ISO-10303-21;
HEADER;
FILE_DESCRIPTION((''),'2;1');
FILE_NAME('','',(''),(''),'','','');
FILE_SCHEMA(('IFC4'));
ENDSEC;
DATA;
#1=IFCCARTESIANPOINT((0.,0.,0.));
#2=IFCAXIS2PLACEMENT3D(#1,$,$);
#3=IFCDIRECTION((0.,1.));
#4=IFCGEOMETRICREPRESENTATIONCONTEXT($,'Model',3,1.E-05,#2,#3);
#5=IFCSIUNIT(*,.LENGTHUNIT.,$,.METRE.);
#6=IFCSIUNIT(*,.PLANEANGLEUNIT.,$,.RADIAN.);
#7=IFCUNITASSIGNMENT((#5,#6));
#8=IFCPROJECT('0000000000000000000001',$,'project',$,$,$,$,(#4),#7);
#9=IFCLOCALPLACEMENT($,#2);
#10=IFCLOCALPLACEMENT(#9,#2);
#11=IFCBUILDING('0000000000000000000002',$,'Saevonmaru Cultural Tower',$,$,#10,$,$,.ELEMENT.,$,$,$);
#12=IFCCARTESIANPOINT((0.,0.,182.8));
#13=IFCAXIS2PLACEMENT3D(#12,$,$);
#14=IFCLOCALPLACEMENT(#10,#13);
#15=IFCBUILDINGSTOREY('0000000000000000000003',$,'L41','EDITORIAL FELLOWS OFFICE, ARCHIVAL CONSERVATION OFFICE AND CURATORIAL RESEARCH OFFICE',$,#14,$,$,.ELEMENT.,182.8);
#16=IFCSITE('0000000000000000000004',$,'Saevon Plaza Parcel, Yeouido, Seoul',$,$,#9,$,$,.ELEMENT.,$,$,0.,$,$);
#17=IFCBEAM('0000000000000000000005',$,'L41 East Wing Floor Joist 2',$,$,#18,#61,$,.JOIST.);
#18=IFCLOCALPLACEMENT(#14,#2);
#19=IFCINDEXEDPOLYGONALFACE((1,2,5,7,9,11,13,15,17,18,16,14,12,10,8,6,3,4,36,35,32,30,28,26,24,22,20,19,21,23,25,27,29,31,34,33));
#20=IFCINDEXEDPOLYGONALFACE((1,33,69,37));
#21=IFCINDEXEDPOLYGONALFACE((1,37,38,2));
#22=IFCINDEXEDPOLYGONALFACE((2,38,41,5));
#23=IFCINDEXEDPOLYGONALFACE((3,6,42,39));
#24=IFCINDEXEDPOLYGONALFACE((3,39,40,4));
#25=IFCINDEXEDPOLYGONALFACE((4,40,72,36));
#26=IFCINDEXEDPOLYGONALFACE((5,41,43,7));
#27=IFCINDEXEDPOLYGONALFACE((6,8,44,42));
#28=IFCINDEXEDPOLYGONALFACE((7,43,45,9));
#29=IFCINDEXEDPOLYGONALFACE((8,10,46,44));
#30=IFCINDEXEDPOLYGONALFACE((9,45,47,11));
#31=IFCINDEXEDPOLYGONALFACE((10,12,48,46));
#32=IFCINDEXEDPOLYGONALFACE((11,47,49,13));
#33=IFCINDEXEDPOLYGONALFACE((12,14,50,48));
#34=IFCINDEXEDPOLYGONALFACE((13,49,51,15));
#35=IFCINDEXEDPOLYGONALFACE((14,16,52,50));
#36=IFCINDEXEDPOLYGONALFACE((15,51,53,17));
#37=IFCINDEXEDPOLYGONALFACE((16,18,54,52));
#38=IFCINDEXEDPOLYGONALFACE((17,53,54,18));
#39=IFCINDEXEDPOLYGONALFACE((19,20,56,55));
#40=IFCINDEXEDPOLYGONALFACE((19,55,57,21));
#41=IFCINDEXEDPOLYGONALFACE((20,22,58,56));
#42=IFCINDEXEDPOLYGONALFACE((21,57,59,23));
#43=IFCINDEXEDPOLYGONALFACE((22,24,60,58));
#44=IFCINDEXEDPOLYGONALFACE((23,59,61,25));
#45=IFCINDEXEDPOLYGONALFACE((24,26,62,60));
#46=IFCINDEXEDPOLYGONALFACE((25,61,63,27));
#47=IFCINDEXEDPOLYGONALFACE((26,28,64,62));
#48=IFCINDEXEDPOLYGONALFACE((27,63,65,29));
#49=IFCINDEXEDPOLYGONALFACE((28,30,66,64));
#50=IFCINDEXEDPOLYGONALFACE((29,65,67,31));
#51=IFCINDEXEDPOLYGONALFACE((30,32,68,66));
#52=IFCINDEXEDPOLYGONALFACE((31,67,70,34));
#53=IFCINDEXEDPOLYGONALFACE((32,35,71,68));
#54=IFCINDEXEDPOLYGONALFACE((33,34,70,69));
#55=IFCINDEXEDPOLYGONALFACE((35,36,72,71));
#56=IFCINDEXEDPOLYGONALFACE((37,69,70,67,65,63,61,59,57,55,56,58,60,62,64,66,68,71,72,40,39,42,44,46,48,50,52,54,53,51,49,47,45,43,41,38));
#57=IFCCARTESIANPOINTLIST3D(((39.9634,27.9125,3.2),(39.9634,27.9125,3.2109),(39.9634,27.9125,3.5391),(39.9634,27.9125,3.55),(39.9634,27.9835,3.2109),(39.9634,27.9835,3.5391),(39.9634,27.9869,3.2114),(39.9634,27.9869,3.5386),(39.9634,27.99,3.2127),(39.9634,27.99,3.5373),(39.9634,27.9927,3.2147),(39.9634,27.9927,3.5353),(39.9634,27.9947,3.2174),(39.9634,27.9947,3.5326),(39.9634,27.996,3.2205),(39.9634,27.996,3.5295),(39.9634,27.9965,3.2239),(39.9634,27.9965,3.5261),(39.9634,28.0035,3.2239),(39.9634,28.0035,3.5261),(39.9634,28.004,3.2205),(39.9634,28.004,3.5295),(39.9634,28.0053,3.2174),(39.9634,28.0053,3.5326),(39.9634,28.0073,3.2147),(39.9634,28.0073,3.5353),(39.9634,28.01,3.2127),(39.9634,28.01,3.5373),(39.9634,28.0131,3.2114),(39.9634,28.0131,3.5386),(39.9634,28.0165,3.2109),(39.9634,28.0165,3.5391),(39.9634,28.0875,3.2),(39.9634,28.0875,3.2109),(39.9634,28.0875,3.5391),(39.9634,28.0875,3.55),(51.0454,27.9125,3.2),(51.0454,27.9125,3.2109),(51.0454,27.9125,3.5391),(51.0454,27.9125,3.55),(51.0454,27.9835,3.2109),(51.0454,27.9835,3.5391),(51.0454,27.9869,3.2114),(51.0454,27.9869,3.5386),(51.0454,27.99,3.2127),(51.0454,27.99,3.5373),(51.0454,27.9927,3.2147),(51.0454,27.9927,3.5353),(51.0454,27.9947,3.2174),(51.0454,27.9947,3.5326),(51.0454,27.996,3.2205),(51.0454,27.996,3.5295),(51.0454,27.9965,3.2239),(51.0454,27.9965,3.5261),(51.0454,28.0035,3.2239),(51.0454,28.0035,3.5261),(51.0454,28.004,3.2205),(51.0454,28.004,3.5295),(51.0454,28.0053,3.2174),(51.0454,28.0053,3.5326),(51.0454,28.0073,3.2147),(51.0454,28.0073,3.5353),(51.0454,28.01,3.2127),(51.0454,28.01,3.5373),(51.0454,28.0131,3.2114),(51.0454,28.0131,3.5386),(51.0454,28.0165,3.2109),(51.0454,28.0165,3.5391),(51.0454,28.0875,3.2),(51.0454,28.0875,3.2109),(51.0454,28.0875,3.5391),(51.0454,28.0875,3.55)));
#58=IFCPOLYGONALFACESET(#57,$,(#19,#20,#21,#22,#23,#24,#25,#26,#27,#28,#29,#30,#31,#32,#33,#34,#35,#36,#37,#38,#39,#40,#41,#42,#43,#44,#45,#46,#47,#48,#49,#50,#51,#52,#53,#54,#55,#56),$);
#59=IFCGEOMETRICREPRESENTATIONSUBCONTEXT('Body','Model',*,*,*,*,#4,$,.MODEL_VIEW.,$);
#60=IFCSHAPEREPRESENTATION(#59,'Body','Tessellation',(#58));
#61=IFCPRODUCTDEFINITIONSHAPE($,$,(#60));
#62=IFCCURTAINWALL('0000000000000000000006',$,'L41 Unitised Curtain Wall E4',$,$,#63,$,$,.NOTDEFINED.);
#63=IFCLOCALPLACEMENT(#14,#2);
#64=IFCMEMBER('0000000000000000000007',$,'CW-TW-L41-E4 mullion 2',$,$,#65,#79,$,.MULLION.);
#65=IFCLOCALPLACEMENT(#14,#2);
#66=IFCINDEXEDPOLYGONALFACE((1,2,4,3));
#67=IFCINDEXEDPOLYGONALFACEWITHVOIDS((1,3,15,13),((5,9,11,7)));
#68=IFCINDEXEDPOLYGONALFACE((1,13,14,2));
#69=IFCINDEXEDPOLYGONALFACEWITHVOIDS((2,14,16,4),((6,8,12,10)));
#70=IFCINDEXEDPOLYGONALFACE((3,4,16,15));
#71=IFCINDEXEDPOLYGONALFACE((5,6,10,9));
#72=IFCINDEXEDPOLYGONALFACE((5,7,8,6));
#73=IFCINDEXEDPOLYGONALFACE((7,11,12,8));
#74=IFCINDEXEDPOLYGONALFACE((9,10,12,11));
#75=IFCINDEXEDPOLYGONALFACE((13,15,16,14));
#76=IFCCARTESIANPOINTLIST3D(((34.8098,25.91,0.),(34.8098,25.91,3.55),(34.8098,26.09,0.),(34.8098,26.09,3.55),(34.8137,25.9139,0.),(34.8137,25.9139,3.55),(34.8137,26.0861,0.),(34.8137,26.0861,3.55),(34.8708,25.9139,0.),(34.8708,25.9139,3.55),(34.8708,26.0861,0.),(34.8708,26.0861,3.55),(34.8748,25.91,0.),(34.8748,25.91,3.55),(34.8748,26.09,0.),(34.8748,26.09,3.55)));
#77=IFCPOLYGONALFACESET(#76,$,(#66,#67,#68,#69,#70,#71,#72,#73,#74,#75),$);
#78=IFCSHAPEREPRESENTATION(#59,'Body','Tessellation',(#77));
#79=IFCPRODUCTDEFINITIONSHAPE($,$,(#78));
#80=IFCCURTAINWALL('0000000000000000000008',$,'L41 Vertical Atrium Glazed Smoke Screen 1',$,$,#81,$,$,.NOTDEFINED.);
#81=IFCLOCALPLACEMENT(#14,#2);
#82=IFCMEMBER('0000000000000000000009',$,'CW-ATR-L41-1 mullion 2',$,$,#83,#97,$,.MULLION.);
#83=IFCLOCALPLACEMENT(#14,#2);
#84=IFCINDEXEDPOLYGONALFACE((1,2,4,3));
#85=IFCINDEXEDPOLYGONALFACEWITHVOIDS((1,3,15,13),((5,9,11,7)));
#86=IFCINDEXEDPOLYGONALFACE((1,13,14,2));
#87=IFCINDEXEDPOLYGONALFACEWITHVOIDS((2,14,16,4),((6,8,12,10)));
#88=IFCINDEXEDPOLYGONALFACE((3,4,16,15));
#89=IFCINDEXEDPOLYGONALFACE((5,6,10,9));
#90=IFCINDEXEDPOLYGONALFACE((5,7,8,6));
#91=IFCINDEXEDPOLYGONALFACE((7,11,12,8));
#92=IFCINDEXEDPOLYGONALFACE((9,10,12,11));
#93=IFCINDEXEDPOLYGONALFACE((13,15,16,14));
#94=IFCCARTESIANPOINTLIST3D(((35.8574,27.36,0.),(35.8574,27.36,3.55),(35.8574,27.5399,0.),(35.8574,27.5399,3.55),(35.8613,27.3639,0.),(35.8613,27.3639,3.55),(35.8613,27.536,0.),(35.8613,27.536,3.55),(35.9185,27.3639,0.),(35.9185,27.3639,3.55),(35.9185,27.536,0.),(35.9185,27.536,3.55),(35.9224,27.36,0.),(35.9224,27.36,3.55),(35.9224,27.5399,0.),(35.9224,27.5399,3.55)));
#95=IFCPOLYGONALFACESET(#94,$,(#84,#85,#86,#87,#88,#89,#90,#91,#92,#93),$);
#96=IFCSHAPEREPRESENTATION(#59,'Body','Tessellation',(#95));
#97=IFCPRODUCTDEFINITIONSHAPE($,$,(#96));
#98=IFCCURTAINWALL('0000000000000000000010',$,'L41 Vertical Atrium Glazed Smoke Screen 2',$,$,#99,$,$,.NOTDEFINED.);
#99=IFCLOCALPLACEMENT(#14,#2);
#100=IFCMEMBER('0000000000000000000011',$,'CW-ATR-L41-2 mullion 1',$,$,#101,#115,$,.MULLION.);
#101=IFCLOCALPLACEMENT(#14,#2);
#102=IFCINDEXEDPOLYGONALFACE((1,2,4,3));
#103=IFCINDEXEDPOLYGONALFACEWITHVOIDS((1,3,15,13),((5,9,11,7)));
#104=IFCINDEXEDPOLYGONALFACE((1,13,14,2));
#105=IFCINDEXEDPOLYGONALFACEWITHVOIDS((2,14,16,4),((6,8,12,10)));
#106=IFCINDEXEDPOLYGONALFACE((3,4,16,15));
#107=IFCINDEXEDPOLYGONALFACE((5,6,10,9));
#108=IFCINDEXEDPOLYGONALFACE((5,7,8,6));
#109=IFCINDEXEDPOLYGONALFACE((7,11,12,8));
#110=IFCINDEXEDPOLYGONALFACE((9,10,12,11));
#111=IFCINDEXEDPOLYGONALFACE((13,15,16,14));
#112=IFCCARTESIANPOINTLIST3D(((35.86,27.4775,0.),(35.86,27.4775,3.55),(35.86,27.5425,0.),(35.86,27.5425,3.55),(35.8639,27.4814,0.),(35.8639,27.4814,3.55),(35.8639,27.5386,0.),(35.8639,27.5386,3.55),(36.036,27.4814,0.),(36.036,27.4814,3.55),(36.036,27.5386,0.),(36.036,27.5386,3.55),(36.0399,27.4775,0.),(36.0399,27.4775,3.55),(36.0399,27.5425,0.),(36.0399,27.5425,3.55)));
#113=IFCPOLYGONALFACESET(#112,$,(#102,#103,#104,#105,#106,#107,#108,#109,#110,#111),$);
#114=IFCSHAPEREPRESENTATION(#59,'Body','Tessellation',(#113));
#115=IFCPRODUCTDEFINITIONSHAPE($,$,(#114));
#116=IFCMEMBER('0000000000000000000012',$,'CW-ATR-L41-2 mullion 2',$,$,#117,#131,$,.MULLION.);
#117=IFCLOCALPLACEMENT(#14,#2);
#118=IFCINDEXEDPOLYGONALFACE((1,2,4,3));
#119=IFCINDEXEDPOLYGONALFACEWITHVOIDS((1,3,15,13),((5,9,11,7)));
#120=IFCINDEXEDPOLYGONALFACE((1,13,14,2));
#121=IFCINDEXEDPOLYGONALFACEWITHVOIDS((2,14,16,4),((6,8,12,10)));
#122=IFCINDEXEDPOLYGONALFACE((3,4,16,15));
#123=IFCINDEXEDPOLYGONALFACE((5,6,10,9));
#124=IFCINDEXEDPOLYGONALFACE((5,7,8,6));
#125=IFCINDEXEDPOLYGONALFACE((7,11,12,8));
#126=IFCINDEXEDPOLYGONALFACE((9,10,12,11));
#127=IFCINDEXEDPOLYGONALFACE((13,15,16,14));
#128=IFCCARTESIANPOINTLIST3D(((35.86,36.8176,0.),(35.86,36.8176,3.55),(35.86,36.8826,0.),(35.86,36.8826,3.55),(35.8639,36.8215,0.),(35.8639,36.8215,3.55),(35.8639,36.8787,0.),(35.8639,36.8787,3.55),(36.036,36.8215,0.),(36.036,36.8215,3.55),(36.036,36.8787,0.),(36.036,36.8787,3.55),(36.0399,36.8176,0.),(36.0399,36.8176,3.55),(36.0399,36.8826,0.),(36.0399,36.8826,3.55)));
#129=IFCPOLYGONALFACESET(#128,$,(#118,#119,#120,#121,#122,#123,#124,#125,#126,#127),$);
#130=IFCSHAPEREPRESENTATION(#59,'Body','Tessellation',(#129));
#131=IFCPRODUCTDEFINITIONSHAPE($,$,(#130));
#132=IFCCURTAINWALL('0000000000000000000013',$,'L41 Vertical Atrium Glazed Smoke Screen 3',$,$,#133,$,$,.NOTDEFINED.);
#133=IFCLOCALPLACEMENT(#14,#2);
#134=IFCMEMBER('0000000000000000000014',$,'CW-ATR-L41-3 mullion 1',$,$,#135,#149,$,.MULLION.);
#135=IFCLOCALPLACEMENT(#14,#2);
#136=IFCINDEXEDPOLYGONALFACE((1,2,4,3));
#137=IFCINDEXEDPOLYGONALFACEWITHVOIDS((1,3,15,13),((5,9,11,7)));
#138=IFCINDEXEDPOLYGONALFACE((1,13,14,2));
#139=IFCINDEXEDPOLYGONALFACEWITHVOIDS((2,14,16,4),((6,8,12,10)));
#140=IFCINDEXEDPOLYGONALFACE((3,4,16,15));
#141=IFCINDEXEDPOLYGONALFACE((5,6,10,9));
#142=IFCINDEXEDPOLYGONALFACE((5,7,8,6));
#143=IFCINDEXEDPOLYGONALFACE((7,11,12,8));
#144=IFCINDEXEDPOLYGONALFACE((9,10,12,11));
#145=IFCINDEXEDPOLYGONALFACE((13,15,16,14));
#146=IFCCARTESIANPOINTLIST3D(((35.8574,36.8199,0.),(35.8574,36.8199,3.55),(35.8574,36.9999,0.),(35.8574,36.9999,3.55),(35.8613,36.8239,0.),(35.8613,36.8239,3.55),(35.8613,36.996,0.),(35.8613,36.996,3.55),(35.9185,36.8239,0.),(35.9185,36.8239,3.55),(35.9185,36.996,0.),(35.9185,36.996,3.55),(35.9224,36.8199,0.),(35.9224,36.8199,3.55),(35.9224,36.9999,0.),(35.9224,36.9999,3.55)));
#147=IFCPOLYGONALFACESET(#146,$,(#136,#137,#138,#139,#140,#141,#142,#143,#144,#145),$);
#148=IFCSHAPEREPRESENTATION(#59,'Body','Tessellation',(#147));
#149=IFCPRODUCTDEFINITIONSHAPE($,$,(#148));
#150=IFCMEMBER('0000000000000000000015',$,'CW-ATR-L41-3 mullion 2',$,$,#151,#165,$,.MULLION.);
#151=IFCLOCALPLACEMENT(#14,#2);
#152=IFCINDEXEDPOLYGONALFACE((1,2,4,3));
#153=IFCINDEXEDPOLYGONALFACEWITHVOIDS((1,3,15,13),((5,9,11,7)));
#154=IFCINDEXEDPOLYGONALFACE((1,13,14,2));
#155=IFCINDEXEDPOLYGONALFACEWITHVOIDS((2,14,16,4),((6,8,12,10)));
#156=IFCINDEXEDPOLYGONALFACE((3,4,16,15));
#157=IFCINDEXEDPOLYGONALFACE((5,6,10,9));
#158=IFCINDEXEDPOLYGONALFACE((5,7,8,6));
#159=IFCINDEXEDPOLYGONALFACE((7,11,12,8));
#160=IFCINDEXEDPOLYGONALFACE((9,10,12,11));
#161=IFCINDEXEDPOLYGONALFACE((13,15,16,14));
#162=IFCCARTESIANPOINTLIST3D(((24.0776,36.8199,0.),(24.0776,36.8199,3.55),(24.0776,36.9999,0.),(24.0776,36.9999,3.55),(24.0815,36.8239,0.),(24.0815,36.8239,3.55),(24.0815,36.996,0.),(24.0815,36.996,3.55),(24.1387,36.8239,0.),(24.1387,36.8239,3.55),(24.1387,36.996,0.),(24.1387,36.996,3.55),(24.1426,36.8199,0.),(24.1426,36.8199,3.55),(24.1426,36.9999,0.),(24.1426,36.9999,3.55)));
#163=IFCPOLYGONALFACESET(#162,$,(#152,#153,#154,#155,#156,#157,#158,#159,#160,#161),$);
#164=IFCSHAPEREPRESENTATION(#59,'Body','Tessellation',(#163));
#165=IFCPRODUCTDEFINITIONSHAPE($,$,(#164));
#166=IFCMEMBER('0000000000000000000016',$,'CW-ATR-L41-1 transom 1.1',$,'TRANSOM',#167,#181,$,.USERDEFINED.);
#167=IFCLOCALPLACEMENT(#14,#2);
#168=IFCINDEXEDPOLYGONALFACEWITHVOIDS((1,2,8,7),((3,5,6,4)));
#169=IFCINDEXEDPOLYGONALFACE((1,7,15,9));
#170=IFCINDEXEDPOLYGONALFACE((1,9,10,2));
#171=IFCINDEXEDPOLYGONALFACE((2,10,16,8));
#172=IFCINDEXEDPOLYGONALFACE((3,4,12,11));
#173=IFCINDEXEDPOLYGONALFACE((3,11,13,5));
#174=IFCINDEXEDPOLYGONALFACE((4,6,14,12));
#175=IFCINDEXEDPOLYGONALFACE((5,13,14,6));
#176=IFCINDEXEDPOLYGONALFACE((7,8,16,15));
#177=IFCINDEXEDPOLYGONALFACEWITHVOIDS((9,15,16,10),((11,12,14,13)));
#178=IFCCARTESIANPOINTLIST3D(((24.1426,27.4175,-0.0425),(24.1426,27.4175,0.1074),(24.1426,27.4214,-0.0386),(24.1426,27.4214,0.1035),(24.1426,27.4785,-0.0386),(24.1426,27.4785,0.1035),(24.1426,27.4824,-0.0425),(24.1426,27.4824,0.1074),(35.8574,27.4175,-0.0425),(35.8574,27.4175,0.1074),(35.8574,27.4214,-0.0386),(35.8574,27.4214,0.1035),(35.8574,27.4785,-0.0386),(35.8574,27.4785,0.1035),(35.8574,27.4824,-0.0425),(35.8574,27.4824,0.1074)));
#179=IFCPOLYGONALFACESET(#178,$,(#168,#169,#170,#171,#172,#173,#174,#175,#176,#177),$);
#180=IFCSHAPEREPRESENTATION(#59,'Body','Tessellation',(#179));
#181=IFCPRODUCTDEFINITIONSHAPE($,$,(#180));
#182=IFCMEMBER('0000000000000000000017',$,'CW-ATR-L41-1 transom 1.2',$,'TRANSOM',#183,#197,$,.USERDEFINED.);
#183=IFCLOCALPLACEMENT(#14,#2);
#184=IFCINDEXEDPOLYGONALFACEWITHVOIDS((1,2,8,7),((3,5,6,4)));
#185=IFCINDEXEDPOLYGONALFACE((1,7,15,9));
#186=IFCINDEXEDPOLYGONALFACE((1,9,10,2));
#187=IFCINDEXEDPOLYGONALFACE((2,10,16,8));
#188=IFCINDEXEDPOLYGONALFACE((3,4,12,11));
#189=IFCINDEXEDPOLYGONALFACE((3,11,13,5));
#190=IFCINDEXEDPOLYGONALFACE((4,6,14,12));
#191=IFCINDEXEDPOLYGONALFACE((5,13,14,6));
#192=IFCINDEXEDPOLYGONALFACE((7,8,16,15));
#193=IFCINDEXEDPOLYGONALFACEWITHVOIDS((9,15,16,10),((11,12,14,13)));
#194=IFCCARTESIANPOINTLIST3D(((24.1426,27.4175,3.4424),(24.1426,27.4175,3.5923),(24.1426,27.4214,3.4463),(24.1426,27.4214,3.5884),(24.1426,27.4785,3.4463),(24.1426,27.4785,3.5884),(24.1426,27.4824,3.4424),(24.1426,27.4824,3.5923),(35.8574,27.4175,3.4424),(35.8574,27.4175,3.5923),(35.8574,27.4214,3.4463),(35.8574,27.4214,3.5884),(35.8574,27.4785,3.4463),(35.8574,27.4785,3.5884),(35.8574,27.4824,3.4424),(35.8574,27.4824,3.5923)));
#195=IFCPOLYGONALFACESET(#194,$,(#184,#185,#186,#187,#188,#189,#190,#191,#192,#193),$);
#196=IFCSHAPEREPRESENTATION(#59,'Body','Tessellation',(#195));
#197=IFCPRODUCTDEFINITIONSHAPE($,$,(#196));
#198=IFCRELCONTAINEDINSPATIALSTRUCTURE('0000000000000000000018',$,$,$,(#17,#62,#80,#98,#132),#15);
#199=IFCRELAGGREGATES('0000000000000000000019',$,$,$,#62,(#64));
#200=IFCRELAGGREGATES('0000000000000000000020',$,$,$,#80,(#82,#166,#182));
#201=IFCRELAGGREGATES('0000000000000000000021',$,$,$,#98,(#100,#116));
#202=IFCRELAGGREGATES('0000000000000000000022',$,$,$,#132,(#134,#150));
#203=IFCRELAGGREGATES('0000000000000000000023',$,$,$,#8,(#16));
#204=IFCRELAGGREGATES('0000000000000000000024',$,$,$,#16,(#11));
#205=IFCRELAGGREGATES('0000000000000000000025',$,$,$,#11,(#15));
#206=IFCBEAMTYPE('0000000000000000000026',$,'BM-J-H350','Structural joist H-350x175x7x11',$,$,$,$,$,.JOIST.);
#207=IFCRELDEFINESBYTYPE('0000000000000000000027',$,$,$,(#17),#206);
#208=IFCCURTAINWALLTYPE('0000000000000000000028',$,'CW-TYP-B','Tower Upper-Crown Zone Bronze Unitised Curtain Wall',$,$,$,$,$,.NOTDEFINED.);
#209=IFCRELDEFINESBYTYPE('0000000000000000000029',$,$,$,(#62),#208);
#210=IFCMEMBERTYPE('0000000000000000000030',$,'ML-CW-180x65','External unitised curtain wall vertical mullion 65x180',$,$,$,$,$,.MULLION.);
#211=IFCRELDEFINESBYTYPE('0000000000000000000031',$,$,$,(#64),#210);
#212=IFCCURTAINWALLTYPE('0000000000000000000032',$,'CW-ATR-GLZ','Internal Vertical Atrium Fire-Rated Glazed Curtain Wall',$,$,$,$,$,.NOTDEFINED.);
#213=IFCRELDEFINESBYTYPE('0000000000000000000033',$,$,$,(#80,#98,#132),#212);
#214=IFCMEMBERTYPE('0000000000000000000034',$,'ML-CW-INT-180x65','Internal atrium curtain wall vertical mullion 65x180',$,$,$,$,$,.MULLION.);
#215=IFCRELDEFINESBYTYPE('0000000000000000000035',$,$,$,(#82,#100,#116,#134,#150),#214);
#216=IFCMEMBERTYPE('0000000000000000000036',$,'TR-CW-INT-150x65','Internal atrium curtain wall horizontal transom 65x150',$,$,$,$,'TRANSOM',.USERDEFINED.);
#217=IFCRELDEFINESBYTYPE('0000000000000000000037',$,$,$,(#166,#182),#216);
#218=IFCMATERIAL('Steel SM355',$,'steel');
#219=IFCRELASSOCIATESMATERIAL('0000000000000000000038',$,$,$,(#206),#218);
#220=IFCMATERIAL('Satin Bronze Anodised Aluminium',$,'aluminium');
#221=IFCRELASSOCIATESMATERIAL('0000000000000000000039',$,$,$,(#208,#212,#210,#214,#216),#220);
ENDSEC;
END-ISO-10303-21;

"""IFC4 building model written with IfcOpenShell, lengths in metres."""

from ifc_helpers import new_model, si_unit, direction, frame, origin, origin_2d, place, context, subcontext, project, spatial, hollow_rectangle, i_section, extrude, material, material_profile, profile_set, type_object, element, aggregate, save


model = new_model("IFC4")

# Units and contexts
model_context = context("Model", 3, precision=1e-05, world=origin(), true_north=direction((0.0, 1.0)))
body_context = subcontext(model_context, "Body", "Model", "MODEL_VIEW")
ifc_project = project(units=[si_unit("LENGTHUNIT", "METRE"), si_unit("PLANEANGLEUNIT", "RADIAN")], contexts=[model_context])

# Site, building, storey
site_placement = place(None, origin())
site = spatial("IfcSite", under=ifc_project, at=site_placement, Name="Saevon Plaza Parcel, Yeouido, Seoul", CompositionType="ELEMENT", RefElevation=0.0)
building_placement = place(site_placement, origin())
building = spatial("IfcBuilding", under=site, at=building_placement, Name="Saevonmaru Cultural Tower", CompositionType="ELEMENT")
storey_placement = place(building_placement, frame((0.0, 0.0, 182.8)))
storey = spatial("IfcBuildingStorey", under=building, at=storey_placement, Name="L41", Description="EDITORIAL FELLOWS OFFICE, ARCHIVAL CONSERVATION OFFICE AND CURATORIAL RESEARCH OFFICE", CompositionType="ELEMENT", Elevation=182.8)

# Beam
ifc_material_1 = material(Name="Steel SM355", Category="steel")
ifc_material_profile_1 = material_profile(ifc_material_1, i_section(OverallWidth=0.175, OverallDepth=0.3501, WebThickness=0.0071, FlangeThickness=0.011, FilletRadius=0.0129, at=origin_2d()), Name="H-350x175x7x11")
ifc_profile_set_1 = profile_set([ifc_material_profile_1], Name="Steel SM355")
beam_type = type_object("IfcBeamType", Name="BM-J-H350", Description="Structural joist H-350x175x7x11", PredefinedType="JOIST", material=ifc_profile_set_1)
beam_placement = place(storey_placement, frame((39.9634, 28.0, 3.375), z_axis=(1.0, 0.0, 0.0), x_axis=(0.0, 1.0, 0.0)))
element("IfcBeam", 1, at=beam_placement, inside=storey, type_object=beam_type, Name="L41 East Wing Floor Joist 2", PredefinedType="JOIST", context=body_context, shape_type="SweptSolid", body=[
    extrude(i_section(OverallWidth=0.175, OverallDepth=0.3501, WebThickness=0.0071, FlangeThickness=0.011, FilletRadius=0.0129, at=origin_2d()), origin(), (0.0, 0.0, 1.0), 11.082),
])

# Curtain walls, members
ifc_material_2 = material(Name="Satin Bronze Anodised Aluminium", Category="aluminium")
curtain_wall_type_1 = type_object("IfcCurtainWallType", Name="CW-TYP-B", Description="Tower Upper-Crown Zone Bronze Unitised Curtain Wall", PredefinedType="NOTDEFINED", material=ifc_material_2)
curtain_wall_1_placement = place(storey_placement, origin())
curtain_wall_1 = element("IfcCurtainWall", 2, at=curtain_wall_1_placement, inside=storey, type_object=curtain_wall_type_1, Name="L41 Unitised Curtain Wall E4", PredefinedType="NOTDEFINED")
ifc_material_profile_2 = material_profile(ifc_material_2, hollow_rectangle(XDim=0.0649, YDim=0.1799, WallThickness=0.0039, at=origin_2d()), Name="ALU-MULL-180x65x4")
ifc_profile_set_2 = profile_set([ifc_material_profile_2], Name="Satin Bronze Anodised Aluminium")
member_type_1 = type_object("IfcMemberType", Name="ML-CW-180x65", Description="External unitised curtain wall vertical mullion 65x180", PredefinedType="MULLION", material=ifc_profile_set_2)
member_1_placement = place(storey_placement, frame((34.8423, 26.0, 0.0), z_axis=(0.0, 0.0, 1.0), x_axis=(1.0, 0.0, 0.0)))
member_1 = element("IfcMember", 3, at=member_1_placement, type_object=member_type_1, Name="CW-TW-L41-E4 mullion 2", PredefinedType="MULLION", context=body_context, shape_type="SweptSolid", body=[
    extrude(hollow_rectangle(XDim=0.0649, YDim=0.1799, WallThickness=0.0039, at=origin_2d()), origin(), (0.0, 0.0, 1.0), 3.55),
])
aggregate(curtain_wall_1, [member_1])
curtain_wall_type_2 = type_object("IfcCurtainWallType", Name="CW-ATR-GLZ", Description="Internal Vertical Atrium Fire-Rated Glazed Curtain Wall", PredefinedType="NOTDEFINED", material=ifc_material_2)
curtain_wall_2_placement = place(storey_placement, origin())
curtain_wall_2 = element("IfcCurtainWall", 4, at=curtain_wall_2_placement, inside=storey, type_object=curtain_wall_type_2, Name="L41 Vertical Atrium Glazed Smoke Screen 1", PredefinedType="NOTDEFINED")
ifc_material_profile_3 = material_profile(ifc_material_2, hollow_rectangle(XDim=0.0649, YDim=0.1799, WallThickness=0.0039, at=origin_2d()), Name="ALU-MULL-180x65x4")
ifc_profile_set_3 = profile_set([ifc_material_profile_3], Name="Satin Bronze Anodised Aluminium")
member_type_2 = type_object("IfcMemberType", Name="ML-CW-INT-180x65", Description="Internal atrium curtain wall vertical mullion 65x180", PredefinedType="MULLION", material=ifc_profile_set_3)
member_2_placement = place(storey_placement, frame((35.8899, 27.45, 0.0), z_axis=(0.0, 0.0, 1.0), x_axis=(1.0, 0.0, 0.0)))
member_2 = element("IfcMember", 5, at=member_2_placement, type_object=member_type_2, Name="CW-ATR-L41-1 mullion 2", PredefinedType="MULLION", context=body_context, shape_type="SweptSolid", body=[
    extrude(hollow_rectangle(XDim=0.0649, YDim=0.1799, WallThickness=0.0039, at=origin_2d()), origin(), (0.0, 0.0, 1.0), 3.55),
])

# Curtain walls, members
curtain_wall_3_placement = place(storey_placement, origin())
curtain_wall_3 = element("IfcCurtainWall", 6, at=curtain_wall_3_placement, inside=storey, type_object=curtain_wall_type_2, Name="L41 Vertical Atrium Glazed Smoke Screen 2", PredefinedType="NOTDEFINED")
member_3_placement = place(storey_placement, frame((35.95, 27.51, 0.0), z_axis=(0.0, 0.0, 1.0), x_axis=(0.0, 1.0, 0.0)))
member_3 = element("IfcMember", 7, at=member_3_placement, type_object=member_type_2, Name="CW-ATR-L41-2 mullion 1", PredefinedType="MULLION", context=body_context, shape_type="SweptSolid", body=[
    extrude(hollow_rectangle(XDim=0.0649, YDim=0.1799, WallThickness=0.0039, at=origin_2d()), origin(), (0.0, 0.0, 1.0), 3.55),
])
member_4_placement = place(storey_placement, frame((35.95, 36.8501, 0.0), z_axis=(0.0, 0.0, 1.0), x_axis=(0.0, 1.0, 0.0)))
member_4 = element("IfcMember", 8, at=member_4_placement, type_object=member_type_2, Name="CW-ATR-L41-2 mullion 2", PredefinedType="MULLION", context=body_context, shape_type="SweptSolid", body=[
    extrude(hollow_rectangle(XDim=0.0649, YDim=0.1799, WallThickness=0.0039, at=origin_2d()), origin(), (0.0, 0.0, 1.0), 3.55),
])
curtain_wall_4_placement = place(storey_placement, origin())
curtain_wall_4 = element("IfcCurtainWall", 9, at=curtain_wall_4_placement, inside=storey, type_object=curtain_wall_type_2, Name="L41 Vertical Atrium Glazed Smoke Screen 3", PredefinedType="NOTDEFINED")
member_5_placement = place(storey_placement, frame((35.8899, 36.9099, 0.0), z_axis=(0.0, 0.0, 1.0), x_axis=(-1.0, 0.0, 0.0)))
member_5 = element("IfcMember", 10, at=member_5_placement, type_object=member_type_2, Name="CW-ATR-L41-3 mullion 1", PredefinedType="MULLION", context=body_context, shape_type="SweptSolid", body=[
    extrude(hollow_rectangle(XDim=0.0649, YDim=0.1799, WallThickness=0.0039, at=origin_2d()), origin(), (0.0, 0.0, 1.0), 3.55),
])
member_6_placement = place(storey_placement, frame((24.1101, 36.9099, 0.0), z_axis=(0.0, 0.0, 1.0), x_axis=(-1.0, 0.0, 0.0)))
member_6 = element("IfcMember", 11, at=member_6_placement, type_object=member_type_2, Name="CW-ATR-L41-3 mullion 2", PredefinedType="MULLION", context=body_context, shape_type="SweptSolid", body=[
    extrude(hollow_rectangle(XDim=0.0649, YDim=0.1799, WallThickness=0.0039, at=origin_2d()), origin(), (0.0, 0.0, 1.0), 3.55),
])

# Members
ifc_material_profile_4 = material_profile(ifc_material_2, hollow_rectangle(XDim=0.0649, YDim=0.1499, WallThickness=0.0039, at=origin_2d()), Name="ALU-TRAN-150x65x4")
ifc_profile_set_4 = profile_set([ifc_material_profile_4], Name="Satin Bronze Anodised Aluminium")
member_type_3 = type_object("IfcMemberType", Name="TR-CW-INT-150x65", Description="Internal atrium curtain wall horizontal transom 65x150", ElementType="TRANSOM", PredefinedType="USERDEFINED", material=ifc_profile_set_4)
member_7_placement = place(storey_placement, frame((24.1426, 27.45, 0.0325), z_axis=(1.0, 0.0, 0.0), x_axis=(0.0, 1.0, 0.0)))
member_7 = element("IfcMember", 12, at=member_7_placement, type_object=member_type_3, Name="CW-ATR-L41-1 transom 1.1", ObjectType="TRANSOM", PredefinedType="USERDEFINED", context=body_context, shape_type="SweptSolid", body=[
    extrude(hollow_rectangle(XDim=0.0649, YDim=0.1499, WallThickness=0.0039, at=origin_2d()), origin(), (0.0, 0.0, 1.0), 11.7148),
])
member_8_placement = place(storey_placement, frame((24.1426, 27.45, 3.5173), z_axis=(1.0, 0.0, 0.0), x_axis=(0.0, 1.0, 0.0)))
member_8 = element("IfcMember", 13, at=member_8_placement, type_object=member_type_3, Name="CW-ATR-L41-1 transom 1.2", ObjectType="TRANSOM", PredefinedType="USERDEFINED", context=body_context, shape_type="SweptSolid", body=[
    extrude(hollow_rectangle(XDim=0.0649, YDim=0.1499, WallThickness=0.0039, at=origin_2d()), origin(), (0.0, 0.0, 1.0), 11.7148),
])

aggregate(curtain_wall_2, [member_2, member_7, member_8])
aggregate(curtain_wall_3, [member_3, member_4])
aggregate(curtain_wall_4, [member_5, member_6])

save(model, "model.ifc")
